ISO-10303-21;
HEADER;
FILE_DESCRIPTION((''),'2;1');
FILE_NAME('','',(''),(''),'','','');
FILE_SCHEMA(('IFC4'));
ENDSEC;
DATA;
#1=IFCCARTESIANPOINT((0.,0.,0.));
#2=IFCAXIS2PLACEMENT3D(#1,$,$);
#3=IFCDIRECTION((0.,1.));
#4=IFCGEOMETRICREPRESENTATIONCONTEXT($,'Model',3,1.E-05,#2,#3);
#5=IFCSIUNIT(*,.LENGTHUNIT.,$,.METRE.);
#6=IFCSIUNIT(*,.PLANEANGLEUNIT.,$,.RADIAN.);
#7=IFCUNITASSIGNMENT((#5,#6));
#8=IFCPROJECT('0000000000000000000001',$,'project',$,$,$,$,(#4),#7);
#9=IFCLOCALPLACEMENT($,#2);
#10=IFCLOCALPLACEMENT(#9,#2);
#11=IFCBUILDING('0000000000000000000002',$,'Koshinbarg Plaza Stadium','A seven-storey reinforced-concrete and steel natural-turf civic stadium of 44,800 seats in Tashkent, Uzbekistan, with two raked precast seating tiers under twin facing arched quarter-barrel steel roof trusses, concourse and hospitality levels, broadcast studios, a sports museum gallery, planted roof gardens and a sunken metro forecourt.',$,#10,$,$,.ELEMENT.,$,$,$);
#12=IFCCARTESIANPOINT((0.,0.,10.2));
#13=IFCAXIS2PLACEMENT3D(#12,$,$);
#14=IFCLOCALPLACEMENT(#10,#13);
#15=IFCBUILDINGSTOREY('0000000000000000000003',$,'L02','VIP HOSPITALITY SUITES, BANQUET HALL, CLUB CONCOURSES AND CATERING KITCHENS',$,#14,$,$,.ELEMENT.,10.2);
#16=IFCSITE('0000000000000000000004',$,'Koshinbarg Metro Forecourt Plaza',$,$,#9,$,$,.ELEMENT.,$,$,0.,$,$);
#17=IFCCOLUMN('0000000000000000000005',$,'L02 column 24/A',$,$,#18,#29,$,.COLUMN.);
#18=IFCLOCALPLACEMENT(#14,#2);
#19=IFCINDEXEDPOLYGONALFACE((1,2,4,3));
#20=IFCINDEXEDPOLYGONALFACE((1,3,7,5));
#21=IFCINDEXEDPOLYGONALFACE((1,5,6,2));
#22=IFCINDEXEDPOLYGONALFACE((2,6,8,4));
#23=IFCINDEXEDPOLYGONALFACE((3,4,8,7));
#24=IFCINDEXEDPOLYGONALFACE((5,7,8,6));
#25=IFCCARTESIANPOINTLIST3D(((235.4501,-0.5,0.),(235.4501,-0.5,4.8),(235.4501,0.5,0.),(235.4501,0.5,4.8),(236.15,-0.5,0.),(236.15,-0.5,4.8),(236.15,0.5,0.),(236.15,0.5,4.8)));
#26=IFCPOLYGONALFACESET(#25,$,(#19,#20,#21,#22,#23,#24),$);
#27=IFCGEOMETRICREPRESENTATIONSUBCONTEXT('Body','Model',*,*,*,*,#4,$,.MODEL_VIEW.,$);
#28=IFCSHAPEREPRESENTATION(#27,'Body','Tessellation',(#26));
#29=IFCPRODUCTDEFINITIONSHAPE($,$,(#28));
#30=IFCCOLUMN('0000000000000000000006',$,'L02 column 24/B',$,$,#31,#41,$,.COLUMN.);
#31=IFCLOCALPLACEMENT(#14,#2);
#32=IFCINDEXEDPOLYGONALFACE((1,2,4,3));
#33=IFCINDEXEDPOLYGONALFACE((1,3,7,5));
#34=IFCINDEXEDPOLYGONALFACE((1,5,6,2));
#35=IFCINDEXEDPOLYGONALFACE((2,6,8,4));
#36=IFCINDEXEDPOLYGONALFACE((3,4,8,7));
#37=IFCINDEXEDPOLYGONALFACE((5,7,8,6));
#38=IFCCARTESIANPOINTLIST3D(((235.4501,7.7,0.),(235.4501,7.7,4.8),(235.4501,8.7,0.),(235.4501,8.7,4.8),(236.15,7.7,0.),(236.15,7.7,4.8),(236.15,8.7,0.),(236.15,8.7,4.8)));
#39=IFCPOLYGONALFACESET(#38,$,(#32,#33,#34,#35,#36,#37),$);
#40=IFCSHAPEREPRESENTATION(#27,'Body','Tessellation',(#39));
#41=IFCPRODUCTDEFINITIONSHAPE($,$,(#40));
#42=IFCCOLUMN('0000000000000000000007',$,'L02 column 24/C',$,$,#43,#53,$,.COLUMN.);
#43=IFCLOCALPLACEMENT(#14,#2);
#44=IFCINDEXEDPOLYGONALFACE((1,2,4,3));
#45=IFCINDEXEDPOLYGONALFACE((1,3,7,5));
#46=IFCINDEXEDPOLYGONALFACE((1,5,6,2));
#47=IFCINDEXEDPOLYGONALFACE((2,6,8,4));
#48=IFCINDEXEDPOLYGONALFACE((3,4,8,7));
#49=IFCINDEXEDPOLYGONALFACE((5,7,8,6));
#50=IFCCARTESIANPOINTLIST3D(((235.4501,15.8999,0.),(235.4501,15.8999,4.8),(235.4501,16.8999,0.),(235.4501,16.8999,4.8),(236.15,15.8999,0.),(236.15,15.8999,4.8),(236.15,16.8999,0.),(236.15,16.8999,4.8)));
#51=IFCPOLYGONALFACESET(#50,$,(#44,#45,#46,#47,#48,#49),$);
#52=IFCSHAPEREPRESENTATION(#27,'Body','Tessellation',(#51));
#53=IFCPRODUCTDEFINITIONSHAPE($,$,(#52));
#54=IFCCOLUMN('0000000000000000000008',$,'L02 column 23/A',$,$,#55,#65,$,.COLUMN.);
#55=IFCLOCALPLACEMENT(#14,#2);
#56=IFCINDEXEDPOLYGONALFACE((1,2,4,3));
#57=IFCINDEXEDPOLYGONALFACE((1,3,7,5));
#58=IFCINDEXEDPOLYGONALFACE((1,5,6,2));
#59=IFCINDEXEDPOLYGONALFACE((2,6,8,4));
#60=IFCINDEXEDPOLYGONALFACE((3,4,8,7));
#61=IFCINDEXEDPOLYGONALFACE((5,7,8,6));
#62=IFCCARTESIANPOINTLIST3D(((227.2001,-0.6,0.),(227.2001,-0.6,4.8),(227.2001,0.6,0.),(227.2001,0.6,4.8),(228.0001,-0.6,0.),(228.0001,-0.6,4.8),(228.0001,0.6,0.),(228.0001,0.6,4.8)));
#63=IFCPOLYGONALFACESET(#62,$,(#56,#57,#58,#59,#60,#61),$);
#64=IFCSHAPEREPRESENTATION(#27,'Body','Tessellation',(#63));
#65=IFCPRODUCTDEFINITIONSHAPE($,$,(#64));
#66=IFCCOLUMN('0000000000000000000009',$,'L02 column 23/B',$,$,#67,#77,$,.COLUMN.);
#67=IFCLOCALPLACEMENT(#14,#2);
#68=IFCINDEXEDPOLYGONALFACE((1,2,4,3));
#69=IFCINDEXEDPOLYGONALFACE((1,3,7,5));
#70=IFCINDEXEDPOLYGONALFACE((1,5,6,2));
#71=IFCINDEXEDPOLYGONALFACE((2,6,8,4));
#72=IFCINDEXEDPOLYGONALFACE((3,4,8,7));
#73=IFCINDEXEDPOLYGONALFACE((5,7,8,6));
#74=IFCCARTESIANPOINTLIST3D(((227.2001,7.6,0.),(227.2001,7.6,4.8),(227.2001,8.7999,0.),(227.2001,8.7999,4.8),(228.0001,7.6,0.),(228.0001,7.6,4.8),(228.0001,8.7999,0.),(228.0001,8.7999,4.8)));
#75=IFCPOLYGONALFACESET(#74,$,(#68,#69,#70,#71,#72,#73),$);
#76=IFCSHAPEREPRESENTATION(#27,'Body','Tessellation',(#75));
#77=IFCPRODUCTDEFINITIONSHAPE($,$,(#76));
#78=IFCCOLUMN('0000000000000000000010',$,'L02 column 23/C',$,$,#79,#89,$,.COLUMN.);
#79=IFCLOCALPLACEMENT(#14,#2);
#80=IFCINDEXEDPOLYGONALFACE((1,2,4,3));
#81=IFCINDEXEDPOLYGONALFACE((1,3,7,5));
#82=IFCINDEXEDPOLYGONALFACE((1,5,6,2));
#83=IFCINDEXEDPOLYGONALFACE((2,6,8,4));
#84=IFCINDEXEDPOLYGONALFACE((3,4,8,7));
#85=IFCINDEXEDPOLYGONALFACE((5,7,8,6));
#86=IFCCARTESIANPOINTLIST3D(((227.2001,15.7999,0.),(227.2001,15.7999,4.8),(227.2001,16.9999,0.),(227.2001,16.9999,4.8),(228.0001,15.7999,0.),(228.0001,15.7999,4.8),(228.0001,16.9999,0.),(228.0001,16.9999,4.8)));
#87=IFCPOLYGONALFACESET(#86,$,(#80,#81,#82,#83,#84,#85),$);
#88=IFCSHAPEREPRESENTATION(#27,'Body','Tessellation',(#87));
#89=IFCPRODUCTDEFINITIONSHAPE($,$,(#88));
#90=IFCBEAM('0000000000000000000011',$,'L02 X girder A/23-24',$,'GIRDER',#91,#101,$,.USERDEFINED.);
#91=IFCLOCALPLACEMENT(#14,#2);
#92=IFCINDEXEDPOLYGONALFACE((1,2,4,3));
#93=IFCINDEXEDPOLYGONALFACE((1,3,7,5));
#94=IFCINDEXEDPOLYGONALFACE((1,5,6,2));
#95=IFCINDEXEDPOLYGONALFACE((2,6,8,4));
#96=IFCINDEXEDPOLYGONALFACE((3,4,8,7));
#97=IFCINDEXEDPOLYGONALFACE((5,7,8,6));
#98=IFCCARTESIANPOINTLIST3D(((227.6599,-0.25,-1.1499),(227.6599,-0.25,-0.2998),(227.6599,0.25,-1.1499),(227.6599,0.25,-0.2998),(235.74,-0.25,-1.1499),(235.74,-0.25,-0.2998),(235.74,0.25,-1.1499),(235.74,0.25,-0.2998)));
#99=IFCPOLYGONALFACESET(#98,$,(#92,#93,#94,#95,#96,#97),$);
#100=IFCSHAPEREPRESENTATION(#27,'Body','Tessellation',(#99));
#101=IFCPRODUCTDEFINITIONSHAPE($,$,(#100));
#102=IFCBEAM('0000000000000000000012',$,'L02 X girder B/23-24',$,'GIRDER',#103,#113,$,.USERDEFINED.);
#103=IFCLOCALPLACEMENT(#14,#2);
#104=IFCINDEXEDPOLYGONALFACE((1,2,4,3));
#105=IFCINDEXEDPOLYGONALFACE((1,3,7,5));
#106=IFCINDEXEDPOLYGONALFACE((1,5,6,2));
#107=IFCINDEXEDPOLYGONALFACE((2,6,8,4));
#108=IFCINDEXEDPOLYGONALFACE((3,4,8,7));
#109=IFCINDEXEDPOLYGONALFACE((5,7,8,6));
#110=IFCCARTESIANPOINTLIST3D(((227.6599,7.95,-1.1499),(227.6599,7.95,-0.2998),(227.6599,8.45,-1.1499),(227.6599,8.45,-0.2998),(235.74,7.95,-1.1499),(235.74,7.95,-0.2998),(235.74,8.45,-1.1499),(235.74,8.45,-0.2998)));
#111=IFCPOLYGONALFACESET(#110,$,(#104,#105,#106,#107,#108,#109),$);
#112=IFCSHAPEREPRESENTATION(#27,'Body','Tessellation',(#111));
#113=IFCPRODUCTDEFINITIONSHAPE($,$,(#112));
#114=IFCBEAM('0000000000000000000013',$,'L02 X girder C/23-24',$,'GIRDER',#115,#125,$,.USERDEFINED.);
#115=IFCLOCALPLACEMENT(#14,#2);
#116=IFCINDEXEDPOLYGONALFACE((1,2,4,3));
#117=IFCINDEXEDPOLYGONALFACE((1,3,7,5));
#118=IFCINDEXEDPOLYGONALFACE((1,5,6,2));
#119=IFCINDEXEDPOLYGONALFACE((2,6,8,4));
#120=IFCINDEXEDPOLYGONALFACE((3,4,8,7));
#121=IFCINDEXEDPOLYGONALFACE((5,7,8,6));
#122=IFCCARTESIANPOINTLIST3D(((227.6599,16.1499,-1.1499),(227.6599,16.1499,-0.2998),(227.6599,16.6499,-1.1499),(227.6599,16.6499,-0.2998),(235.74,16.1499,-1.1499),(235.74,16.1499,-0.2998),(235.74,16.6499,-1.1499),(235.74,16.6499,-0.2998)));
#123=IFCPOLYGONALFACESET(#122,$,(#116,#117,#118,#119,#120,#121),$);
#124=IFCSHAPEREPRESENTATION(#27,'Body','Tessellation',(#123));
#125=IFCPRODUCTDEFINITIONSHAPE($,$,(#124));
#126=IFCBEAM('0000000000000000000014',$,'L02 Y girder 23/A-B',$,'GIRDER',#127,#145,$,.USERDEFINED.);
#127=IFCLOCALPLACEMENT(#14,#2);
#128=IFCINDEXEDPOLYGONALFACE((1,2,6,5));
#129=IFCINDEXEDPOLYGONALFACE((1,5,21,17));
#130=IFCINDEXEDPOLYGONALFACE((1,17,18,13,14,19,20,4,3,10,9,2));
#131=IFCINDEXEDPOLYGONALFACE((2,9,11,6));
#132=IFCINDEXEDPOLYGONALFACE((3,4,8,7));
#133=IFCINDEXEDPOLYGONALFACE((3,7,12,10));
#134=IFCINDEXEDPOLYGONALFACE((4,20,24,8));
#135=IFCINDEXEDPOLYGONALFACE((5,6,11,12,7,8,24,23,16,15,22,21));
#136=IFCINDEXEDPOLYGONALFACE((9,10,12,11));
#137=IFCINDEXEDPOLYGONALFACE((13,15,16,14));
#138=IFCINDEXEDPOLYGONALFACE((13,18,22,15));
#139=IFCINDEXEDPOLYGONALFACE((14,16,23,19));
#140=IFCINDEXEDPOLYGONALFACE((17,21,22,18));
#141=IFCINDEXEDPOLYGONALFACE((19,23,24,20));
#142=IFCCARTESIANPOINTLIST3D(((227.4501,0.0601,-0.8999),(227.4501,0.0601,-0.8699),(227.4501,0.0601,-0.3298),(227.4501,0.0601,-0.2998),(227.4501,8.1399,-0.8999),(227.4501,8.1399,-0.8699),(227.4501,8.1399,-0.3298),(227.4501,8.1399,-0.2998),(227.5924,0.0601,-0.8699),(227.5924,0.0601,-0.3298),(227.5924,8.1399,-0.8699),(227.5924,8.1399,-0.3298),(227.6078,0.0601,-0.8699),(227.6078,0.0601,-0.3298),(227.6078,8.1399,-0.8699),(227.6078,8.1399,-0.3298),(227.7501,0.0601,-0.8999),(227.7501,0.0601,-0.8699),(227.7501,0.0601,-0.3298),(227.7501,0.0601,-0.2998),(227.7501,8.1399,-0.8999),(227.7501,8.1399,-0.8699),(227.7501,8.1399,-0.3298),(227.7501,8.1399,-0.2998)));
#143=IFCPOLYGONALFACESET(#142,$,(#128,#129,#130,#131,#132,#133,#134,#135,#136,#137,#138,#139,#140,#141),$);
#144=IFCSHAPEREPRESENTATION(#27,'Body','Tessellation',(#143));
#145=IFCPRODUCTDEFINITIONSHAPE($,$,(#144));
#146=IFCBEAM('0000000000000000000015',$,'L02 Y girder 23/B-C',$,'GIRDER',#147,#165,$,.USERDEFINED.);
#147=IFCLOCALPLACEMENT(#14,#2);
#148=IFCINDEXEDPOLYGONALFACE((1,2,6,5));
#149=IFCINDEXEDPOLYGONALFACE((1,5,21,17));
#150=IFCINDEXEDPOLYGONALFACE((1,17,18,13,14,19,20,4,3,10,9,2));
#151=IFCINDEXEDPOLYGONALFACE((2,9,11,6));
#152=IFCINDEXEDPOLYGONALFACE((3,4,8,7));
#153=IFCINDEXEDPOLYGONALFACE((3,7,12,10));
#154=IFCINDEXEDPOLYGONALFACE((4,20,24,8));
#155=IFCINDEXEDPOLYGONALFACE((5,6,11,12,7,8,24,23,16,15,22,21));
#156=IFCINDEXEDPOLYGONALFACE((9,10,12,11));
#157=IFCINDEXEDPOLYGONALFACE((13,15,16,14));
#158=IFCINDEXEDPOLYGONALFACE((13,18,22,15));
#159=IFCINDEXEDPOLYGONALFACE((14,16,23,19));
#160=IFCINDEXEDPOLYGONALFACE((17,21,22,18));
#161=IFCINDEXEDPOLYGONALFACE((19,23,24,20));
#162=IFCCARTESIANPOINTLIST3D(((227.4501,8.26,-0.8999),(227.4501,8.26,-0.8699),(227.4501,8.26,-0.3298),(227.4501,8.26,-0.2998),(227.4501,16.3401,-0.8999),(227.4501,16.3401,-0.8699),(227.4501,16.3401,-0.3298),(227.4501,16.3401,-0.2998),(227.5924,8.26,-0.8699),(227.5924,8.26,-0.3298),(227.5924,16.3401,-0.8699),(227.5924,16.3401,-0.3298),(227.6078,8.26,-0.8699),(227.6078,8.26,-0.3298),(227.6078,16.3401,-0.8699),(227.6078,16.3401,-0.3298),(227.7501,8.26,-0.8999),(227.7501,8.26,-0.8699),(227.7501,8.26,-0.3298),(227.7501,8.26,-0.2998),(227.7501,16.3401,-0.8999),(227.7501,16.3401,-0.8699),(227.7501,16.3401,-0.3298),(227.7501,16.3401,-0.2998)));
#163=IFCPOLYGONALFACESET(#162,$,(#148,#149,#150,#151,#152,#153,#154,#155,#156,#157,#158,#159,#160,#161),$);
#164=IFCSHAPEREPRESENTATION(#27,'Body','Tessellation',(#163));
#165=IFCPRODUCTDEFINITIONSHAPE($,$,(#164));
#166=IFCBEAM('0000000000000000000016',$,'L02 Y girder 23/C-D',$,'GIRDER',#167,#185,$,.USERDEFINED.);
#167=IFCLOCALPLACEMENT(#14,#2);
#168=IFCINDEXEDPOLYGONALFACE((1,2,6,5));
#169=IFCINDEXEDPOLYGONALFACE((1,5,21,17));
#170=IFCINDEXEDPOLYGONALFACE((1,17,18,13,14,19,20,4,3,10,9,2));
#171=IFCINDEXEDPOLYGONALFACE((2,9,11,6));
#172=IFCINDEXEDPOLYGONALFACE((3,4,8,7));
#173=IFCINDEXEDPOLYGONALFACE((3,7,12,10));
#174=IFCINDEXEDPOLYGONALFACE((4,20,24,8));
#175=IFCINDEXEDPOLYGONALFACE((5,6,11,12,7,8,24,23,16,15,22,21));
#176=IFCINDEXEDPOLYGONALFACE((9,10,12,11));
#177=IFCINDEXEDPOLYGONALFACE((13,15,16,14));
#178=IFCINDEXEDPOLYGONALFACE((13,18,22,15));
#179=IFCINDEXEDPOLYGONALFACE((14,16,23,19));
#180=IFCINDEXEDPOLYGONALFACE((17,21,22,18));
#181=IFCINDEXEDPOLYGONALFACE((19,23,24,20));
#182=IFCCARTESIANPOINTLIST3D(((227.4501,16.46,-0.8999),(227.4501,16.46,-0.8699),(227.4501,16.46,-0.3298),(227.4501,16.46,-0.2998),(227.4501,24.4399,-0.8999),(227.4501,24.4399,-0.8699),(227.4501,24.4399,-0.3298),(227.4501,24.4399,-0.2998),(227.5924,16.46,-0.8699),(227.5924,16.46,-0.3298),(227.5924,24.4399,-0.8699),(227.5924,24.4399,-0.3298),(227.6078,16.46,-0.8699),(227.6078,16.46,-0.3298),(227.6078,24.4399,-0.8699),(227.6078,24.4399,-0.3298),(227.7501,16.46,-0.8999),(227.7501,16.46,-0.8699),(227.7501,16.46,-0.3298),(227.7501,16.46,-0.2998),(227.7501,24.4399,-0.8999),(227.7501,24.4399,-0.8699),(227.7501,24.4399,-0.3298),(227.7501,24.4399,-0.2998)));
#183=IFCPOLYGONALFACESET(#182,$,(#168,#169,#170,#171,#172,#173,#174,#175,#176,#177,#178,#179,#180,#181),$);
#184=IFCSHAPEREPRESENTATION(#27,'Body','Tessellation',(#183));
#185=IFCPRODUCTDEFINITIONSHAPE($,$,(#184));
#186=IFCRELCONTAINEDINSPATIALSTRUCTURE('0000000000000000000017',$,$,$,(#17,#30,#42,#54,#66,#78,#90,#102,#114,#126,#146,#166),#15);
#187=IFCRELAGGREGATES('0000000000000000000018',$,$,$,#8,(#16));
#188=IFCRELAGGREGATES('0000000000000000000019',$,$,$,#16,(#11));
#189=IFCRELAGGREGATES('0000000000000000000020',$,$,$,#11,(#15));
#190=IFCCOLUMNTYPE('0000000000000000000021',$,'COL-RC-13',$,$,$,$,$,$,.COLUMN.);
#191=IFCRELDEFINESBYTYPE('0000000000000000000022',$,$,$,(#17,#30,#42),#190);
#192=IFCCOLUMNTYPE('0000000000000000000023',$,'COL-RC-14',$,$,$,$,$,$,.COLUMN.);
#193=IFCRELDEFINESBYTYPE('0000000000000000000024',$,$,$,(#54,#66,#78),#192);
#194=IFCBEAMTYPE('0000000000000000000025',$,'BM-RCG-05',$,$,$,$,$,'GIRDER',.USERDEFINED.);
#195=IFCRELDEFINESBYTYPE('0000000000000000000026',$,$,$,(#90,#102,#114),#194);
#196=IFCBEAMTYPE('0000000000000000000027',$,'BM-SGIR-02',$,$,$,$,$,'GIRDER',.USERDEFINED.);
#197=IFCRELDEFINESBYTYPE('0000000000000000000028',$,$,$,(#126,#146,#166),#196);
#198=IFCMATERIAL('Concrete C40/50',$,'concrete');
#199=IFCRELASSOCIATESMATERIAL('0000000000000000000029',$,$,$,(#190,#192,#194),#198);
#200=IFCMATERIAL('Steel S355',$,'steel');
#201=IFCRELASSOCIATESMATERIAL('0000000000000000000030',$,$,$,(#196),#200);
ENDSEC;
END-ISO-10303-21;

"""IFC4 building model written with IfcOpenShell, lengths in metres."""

from ifc_helpers import new_model, si_unit, direction, frame, origin, origin_2d, place, context, subcontext, project, spatial, rectangle, i_section, extrude, material, material_profile, profile_set, type_object, element, save


model = new_model("IFC4")

# Units and contexts
model_context = context("Model", 3, precision=1e-05, world=origin(), true_north=direction((0.0, 1.0)))
body_context = subcontext(model_context, "Body", "Model", "MODEL_VIEW")
ifc_project = project(units=[si_unit("LENGTHUNIT", "METRE"), si_unit("PLANEANGLEUNIT", "RADIAN")], contexts=[model_context])

# Site, building, storey
site_placement = place(None, origin())
site = spatial("IfcSite", under=ifc_project, at=site_placement, Name="Koshinbarg Metro Forecourt Plaza", CompositionType="ELEMENT", RefElevation=0.0)
building_placement = place(site_placement, origin())
building = spatial("IfcBuilding", under=site, at=building_placement, Name="Koshinbarg Plaza Stadium", Description="A seven-storey reinforced-concrete and steel natural-turf civic stadium of 44,800 seats in Tashkent, Uzbekistan, with two raked precast seating tiers under twin facing arched quarter-barrel steel roof trusses, concourse and hospitality levels, broadcast studios, a sports museum gallery, planted roof gardens and a sunken metro forecourt.", CompositionType="ELEMENT")
storey_placement = place(building_placement, frame((0.0, 0.0, 10.2)))
storey = spatial("IfcBuildingStorey", under=building, at=storey_placement, Name="L02", Description="VIP HOSPITALITY SUITES, BANQUET HALL, CLUB CONCOURSES AND CATERING KITCHENS", CompositionType="ELEMENT", Elevation=10.2)

# Columns
ifc_material_1 = material(Name="Concrete C40/50", Category="concrete")
ifc_material_profile_1 = material_profile(ifc_material_1, rectangle(XDim=0.7, YDim=1.0, at=origin_2d()), Name="RC 700x1000")
ifc_profile_set_1 = profile_set([ifc_material_profile_1], Name="Concrete C40/50")
column_type_1 = type_object("IfcColumnType", Name="COL-RC-13", PredefinedType="COLUMN", material=ifc_profile_set_1)
for number, where, z_axis, x_axis, name in (
    (1, (235.8, 0.0, 0.0), (0.0, 0.0, 1.0), (1.0, 0.0, 0.0), "L02 column 24/A"),
    (2, (235.8, 8.2, 0.0), (0.0, 0.0, 1.0), (1.0, 0.0, 0.0), "L02 column 24/B"),
    (3, (235.8, 16.3999, 0.0), (0.0, 0.0, 1.0), (1.0, 0.0, 0.0), "L02 column 24/C"),
):
    element("IfcColumn", number, at=place(storey_placement, frame(where, z_axis=z_axis, x_axis=x_axis)), inside=storey, type_object=column_type_1, Name=name, PredefinedType="COLUMN", context=body_context, shape_type="SweptSolid", body=[
        extrude(rectangle(XDim=0.7, YDim=1.0, at=origin_2d()), origin(), (0.0, 0.0, 1.0), 4.8),
    ])
ifc_material_profile_2 = material_profile(ifc_material_1, rectangle(XDim=0.8, YDim=1.2, at=origin_2d()), Name="RC 800x1200")
ifc_profile_set_2 = profile_set([ifc_material_profile_2], Name="Concrete C40/50")
column_type_2 = type_object("IfcColumnType", Name="COL-RC-14", PredefinedType="COLUMN", material=ifc_profile_set_2)
for number, where, z_axis, x_axis, name in (
    (4, (227.6001, 0.0, 0.0), (0.0, 0.0, 1.0), (1.0, 0.0, 0.0), "L02 column 23/A"),
    (5, (227.6001, 8.2, 0.0), (0.0, 0.0, 1.0), (1.0, 0.0, 0.0), "L02 column 23/B"),
    (6, (227.6001, 16.3999, 0.0), (0.0, 0.0, 1.0), (1.0, 0.0, 0.0), "L02 column 23/C"),
):
    element("IfcColumn", number, at=place(storey_placement, frame(where, z_axis=z_axis, x_axis=x_axis)), inside=storey, type_object=column_type_2, Name=name, PredefinedType="COLUMN", context=body_context, shape_type="SweptSolid", body=[
        extrude(rectangle(XDim=0.8, YDim=1.2, at=origin_2d()), origin(), (0.0, 0.0, 1.0), 4.8),
    ])

# Beams
ifc_material_profile_3 = material_profile(ifc_material_1, rectangle(XDim=0.5, YDim=0.8501, at=origin_2d()), Name="RC 500x850")
ifc_profile_set_3 = profile_set([ifc_material_profile_3], Name="Concrete C40/50")
beam_type_1 = type_object("IfcBeamType", Name="BM-RCG-05", ElementType="GIRDER", PredefinedType="USERDEFINED", material=ifc_profile_set_3)
for number, where, z_axis, x_axis, name in (
    (7, (227.6599, 0.0, -0.7249), (1.0, 0.0, 0.0), (0.0, 1.0, 0.0), "L02 X girder A/23-24"),
    (8, (227.6599, 8.2, -0.7249), (1.0, 0.0, 0.0), (0.0, 1.0, 0.0), "L02 X girder B/23-24"),
    (9, (227.6599, 16.3999, -0.7249), (1.0, 0.0, 0.0), (0.0, 1.0, 0.0), "L02 X girder C/23-24"),
):
    element("IfcBeam", number, at=place(storey_placement, frame(where, z_axis=z_axis, x_axis=x_axis)), inside=storey, type_object=beam_type_1, Name=name, ObjectType="GIRDER", PredefinedType="USERDEFINED", context=body_context, shape_type="SweptSolid", body=[
        extrude(rectangle(XDim=0.5, YDim=0.8501, at=origin_2d()), origin(), (0.0, 0.0, 1.0), 8.0801),
    ])
ifc_material_2 = material(Name="Steel S355", Category="steel")
ifc_material_profile_4 = material_profile(ifc_material_2, i_section(OverallWidth=0.3, OverallDepth=0.6001, WebThickness=0.0154, FlangeThickness=0.03, at=origin_2d()), Name="HEB 600")
ifc_profile_set_4 = profile_set([ifc_material_profile_4], Name="Steel S355")
beam_type_2 = type_object("IfcBeamType", Name="BM-SGIR-02", ElementType="GIRDER", PredefinedType="USERDEFINED", material=ifc_profile_set_4)
beam_1_placement = place(storey_placement, frame((227.6001, 0.0601, -0.5999), z_axis=(0.0, 1.0, 0.0), x_axis=(-1.0, 0.0, 0.0)))
element("IfcBeam", 10, at=beam_1_placement, inside=storey, type_object=beam_type_2, Name="L02 Y girder 23/A-B", ObjectType="GIRDER", PredefinedType="USERDEFINED", context=body_context, shape_type="SweptSolid", body=[
    extrude(i_section(OverallWidth=0.3, OverallDepth=0.6001, WebThickness=0.0154, FlangeThickness=0.03, at=origin_2d()), origin(), (0.0, 0.0, 1.0), 8.0798),
])
beam_2_placement = place(storey_placement, frame((227.6001, 8.26, -0.5999), z_axis=(0.0, 1.0, 0.0), x_axis=(-1.0, 0.0, 0.0)))
element("IfcBeam", 11, at=beam_2_placement, inside=storey, type_object=beam_type_2, Name="L02 Y girder 23/B-C", ObjectType="GIRDER", PredefinedType="USERDEFINED", context=body_context, shape_type="SweptSolid", body=[
    extrude(i_section(OverallWidth=0.3, OverallDepth=0.6001, WebThickness=0.0154, FlangeThickness=0.03, at=origin_2d()), origin(), (0.0, 0.0, 1.0), 8.0801),
])
beam_3_placement = place(storey_placement, frame((227.6001, 16.46, -0.5999), z_axis=(0.0, 1.0, 0.0), x_axis=(-1.0, 0.0, 0.0)))
element("IfcBeam", 12, at=beam_3_placement, inside=storey, type_object=beam_type_2, Name="L02 Y girder 23/C-D", ObjectType="GIRDER", PredefinedType="USERDEFINED", context=body_context, shape_type="SweptSolid", body=[
    extrude(i_section(OverallWidth=0.3, OverallDepth=0.6001, WebThickness=0.0154, FlangeThickness=0.03, at=origin_2d()), origin(), (0.0, 0.0, 1.0), 7.98),
])

save(model, "model.ifc")
